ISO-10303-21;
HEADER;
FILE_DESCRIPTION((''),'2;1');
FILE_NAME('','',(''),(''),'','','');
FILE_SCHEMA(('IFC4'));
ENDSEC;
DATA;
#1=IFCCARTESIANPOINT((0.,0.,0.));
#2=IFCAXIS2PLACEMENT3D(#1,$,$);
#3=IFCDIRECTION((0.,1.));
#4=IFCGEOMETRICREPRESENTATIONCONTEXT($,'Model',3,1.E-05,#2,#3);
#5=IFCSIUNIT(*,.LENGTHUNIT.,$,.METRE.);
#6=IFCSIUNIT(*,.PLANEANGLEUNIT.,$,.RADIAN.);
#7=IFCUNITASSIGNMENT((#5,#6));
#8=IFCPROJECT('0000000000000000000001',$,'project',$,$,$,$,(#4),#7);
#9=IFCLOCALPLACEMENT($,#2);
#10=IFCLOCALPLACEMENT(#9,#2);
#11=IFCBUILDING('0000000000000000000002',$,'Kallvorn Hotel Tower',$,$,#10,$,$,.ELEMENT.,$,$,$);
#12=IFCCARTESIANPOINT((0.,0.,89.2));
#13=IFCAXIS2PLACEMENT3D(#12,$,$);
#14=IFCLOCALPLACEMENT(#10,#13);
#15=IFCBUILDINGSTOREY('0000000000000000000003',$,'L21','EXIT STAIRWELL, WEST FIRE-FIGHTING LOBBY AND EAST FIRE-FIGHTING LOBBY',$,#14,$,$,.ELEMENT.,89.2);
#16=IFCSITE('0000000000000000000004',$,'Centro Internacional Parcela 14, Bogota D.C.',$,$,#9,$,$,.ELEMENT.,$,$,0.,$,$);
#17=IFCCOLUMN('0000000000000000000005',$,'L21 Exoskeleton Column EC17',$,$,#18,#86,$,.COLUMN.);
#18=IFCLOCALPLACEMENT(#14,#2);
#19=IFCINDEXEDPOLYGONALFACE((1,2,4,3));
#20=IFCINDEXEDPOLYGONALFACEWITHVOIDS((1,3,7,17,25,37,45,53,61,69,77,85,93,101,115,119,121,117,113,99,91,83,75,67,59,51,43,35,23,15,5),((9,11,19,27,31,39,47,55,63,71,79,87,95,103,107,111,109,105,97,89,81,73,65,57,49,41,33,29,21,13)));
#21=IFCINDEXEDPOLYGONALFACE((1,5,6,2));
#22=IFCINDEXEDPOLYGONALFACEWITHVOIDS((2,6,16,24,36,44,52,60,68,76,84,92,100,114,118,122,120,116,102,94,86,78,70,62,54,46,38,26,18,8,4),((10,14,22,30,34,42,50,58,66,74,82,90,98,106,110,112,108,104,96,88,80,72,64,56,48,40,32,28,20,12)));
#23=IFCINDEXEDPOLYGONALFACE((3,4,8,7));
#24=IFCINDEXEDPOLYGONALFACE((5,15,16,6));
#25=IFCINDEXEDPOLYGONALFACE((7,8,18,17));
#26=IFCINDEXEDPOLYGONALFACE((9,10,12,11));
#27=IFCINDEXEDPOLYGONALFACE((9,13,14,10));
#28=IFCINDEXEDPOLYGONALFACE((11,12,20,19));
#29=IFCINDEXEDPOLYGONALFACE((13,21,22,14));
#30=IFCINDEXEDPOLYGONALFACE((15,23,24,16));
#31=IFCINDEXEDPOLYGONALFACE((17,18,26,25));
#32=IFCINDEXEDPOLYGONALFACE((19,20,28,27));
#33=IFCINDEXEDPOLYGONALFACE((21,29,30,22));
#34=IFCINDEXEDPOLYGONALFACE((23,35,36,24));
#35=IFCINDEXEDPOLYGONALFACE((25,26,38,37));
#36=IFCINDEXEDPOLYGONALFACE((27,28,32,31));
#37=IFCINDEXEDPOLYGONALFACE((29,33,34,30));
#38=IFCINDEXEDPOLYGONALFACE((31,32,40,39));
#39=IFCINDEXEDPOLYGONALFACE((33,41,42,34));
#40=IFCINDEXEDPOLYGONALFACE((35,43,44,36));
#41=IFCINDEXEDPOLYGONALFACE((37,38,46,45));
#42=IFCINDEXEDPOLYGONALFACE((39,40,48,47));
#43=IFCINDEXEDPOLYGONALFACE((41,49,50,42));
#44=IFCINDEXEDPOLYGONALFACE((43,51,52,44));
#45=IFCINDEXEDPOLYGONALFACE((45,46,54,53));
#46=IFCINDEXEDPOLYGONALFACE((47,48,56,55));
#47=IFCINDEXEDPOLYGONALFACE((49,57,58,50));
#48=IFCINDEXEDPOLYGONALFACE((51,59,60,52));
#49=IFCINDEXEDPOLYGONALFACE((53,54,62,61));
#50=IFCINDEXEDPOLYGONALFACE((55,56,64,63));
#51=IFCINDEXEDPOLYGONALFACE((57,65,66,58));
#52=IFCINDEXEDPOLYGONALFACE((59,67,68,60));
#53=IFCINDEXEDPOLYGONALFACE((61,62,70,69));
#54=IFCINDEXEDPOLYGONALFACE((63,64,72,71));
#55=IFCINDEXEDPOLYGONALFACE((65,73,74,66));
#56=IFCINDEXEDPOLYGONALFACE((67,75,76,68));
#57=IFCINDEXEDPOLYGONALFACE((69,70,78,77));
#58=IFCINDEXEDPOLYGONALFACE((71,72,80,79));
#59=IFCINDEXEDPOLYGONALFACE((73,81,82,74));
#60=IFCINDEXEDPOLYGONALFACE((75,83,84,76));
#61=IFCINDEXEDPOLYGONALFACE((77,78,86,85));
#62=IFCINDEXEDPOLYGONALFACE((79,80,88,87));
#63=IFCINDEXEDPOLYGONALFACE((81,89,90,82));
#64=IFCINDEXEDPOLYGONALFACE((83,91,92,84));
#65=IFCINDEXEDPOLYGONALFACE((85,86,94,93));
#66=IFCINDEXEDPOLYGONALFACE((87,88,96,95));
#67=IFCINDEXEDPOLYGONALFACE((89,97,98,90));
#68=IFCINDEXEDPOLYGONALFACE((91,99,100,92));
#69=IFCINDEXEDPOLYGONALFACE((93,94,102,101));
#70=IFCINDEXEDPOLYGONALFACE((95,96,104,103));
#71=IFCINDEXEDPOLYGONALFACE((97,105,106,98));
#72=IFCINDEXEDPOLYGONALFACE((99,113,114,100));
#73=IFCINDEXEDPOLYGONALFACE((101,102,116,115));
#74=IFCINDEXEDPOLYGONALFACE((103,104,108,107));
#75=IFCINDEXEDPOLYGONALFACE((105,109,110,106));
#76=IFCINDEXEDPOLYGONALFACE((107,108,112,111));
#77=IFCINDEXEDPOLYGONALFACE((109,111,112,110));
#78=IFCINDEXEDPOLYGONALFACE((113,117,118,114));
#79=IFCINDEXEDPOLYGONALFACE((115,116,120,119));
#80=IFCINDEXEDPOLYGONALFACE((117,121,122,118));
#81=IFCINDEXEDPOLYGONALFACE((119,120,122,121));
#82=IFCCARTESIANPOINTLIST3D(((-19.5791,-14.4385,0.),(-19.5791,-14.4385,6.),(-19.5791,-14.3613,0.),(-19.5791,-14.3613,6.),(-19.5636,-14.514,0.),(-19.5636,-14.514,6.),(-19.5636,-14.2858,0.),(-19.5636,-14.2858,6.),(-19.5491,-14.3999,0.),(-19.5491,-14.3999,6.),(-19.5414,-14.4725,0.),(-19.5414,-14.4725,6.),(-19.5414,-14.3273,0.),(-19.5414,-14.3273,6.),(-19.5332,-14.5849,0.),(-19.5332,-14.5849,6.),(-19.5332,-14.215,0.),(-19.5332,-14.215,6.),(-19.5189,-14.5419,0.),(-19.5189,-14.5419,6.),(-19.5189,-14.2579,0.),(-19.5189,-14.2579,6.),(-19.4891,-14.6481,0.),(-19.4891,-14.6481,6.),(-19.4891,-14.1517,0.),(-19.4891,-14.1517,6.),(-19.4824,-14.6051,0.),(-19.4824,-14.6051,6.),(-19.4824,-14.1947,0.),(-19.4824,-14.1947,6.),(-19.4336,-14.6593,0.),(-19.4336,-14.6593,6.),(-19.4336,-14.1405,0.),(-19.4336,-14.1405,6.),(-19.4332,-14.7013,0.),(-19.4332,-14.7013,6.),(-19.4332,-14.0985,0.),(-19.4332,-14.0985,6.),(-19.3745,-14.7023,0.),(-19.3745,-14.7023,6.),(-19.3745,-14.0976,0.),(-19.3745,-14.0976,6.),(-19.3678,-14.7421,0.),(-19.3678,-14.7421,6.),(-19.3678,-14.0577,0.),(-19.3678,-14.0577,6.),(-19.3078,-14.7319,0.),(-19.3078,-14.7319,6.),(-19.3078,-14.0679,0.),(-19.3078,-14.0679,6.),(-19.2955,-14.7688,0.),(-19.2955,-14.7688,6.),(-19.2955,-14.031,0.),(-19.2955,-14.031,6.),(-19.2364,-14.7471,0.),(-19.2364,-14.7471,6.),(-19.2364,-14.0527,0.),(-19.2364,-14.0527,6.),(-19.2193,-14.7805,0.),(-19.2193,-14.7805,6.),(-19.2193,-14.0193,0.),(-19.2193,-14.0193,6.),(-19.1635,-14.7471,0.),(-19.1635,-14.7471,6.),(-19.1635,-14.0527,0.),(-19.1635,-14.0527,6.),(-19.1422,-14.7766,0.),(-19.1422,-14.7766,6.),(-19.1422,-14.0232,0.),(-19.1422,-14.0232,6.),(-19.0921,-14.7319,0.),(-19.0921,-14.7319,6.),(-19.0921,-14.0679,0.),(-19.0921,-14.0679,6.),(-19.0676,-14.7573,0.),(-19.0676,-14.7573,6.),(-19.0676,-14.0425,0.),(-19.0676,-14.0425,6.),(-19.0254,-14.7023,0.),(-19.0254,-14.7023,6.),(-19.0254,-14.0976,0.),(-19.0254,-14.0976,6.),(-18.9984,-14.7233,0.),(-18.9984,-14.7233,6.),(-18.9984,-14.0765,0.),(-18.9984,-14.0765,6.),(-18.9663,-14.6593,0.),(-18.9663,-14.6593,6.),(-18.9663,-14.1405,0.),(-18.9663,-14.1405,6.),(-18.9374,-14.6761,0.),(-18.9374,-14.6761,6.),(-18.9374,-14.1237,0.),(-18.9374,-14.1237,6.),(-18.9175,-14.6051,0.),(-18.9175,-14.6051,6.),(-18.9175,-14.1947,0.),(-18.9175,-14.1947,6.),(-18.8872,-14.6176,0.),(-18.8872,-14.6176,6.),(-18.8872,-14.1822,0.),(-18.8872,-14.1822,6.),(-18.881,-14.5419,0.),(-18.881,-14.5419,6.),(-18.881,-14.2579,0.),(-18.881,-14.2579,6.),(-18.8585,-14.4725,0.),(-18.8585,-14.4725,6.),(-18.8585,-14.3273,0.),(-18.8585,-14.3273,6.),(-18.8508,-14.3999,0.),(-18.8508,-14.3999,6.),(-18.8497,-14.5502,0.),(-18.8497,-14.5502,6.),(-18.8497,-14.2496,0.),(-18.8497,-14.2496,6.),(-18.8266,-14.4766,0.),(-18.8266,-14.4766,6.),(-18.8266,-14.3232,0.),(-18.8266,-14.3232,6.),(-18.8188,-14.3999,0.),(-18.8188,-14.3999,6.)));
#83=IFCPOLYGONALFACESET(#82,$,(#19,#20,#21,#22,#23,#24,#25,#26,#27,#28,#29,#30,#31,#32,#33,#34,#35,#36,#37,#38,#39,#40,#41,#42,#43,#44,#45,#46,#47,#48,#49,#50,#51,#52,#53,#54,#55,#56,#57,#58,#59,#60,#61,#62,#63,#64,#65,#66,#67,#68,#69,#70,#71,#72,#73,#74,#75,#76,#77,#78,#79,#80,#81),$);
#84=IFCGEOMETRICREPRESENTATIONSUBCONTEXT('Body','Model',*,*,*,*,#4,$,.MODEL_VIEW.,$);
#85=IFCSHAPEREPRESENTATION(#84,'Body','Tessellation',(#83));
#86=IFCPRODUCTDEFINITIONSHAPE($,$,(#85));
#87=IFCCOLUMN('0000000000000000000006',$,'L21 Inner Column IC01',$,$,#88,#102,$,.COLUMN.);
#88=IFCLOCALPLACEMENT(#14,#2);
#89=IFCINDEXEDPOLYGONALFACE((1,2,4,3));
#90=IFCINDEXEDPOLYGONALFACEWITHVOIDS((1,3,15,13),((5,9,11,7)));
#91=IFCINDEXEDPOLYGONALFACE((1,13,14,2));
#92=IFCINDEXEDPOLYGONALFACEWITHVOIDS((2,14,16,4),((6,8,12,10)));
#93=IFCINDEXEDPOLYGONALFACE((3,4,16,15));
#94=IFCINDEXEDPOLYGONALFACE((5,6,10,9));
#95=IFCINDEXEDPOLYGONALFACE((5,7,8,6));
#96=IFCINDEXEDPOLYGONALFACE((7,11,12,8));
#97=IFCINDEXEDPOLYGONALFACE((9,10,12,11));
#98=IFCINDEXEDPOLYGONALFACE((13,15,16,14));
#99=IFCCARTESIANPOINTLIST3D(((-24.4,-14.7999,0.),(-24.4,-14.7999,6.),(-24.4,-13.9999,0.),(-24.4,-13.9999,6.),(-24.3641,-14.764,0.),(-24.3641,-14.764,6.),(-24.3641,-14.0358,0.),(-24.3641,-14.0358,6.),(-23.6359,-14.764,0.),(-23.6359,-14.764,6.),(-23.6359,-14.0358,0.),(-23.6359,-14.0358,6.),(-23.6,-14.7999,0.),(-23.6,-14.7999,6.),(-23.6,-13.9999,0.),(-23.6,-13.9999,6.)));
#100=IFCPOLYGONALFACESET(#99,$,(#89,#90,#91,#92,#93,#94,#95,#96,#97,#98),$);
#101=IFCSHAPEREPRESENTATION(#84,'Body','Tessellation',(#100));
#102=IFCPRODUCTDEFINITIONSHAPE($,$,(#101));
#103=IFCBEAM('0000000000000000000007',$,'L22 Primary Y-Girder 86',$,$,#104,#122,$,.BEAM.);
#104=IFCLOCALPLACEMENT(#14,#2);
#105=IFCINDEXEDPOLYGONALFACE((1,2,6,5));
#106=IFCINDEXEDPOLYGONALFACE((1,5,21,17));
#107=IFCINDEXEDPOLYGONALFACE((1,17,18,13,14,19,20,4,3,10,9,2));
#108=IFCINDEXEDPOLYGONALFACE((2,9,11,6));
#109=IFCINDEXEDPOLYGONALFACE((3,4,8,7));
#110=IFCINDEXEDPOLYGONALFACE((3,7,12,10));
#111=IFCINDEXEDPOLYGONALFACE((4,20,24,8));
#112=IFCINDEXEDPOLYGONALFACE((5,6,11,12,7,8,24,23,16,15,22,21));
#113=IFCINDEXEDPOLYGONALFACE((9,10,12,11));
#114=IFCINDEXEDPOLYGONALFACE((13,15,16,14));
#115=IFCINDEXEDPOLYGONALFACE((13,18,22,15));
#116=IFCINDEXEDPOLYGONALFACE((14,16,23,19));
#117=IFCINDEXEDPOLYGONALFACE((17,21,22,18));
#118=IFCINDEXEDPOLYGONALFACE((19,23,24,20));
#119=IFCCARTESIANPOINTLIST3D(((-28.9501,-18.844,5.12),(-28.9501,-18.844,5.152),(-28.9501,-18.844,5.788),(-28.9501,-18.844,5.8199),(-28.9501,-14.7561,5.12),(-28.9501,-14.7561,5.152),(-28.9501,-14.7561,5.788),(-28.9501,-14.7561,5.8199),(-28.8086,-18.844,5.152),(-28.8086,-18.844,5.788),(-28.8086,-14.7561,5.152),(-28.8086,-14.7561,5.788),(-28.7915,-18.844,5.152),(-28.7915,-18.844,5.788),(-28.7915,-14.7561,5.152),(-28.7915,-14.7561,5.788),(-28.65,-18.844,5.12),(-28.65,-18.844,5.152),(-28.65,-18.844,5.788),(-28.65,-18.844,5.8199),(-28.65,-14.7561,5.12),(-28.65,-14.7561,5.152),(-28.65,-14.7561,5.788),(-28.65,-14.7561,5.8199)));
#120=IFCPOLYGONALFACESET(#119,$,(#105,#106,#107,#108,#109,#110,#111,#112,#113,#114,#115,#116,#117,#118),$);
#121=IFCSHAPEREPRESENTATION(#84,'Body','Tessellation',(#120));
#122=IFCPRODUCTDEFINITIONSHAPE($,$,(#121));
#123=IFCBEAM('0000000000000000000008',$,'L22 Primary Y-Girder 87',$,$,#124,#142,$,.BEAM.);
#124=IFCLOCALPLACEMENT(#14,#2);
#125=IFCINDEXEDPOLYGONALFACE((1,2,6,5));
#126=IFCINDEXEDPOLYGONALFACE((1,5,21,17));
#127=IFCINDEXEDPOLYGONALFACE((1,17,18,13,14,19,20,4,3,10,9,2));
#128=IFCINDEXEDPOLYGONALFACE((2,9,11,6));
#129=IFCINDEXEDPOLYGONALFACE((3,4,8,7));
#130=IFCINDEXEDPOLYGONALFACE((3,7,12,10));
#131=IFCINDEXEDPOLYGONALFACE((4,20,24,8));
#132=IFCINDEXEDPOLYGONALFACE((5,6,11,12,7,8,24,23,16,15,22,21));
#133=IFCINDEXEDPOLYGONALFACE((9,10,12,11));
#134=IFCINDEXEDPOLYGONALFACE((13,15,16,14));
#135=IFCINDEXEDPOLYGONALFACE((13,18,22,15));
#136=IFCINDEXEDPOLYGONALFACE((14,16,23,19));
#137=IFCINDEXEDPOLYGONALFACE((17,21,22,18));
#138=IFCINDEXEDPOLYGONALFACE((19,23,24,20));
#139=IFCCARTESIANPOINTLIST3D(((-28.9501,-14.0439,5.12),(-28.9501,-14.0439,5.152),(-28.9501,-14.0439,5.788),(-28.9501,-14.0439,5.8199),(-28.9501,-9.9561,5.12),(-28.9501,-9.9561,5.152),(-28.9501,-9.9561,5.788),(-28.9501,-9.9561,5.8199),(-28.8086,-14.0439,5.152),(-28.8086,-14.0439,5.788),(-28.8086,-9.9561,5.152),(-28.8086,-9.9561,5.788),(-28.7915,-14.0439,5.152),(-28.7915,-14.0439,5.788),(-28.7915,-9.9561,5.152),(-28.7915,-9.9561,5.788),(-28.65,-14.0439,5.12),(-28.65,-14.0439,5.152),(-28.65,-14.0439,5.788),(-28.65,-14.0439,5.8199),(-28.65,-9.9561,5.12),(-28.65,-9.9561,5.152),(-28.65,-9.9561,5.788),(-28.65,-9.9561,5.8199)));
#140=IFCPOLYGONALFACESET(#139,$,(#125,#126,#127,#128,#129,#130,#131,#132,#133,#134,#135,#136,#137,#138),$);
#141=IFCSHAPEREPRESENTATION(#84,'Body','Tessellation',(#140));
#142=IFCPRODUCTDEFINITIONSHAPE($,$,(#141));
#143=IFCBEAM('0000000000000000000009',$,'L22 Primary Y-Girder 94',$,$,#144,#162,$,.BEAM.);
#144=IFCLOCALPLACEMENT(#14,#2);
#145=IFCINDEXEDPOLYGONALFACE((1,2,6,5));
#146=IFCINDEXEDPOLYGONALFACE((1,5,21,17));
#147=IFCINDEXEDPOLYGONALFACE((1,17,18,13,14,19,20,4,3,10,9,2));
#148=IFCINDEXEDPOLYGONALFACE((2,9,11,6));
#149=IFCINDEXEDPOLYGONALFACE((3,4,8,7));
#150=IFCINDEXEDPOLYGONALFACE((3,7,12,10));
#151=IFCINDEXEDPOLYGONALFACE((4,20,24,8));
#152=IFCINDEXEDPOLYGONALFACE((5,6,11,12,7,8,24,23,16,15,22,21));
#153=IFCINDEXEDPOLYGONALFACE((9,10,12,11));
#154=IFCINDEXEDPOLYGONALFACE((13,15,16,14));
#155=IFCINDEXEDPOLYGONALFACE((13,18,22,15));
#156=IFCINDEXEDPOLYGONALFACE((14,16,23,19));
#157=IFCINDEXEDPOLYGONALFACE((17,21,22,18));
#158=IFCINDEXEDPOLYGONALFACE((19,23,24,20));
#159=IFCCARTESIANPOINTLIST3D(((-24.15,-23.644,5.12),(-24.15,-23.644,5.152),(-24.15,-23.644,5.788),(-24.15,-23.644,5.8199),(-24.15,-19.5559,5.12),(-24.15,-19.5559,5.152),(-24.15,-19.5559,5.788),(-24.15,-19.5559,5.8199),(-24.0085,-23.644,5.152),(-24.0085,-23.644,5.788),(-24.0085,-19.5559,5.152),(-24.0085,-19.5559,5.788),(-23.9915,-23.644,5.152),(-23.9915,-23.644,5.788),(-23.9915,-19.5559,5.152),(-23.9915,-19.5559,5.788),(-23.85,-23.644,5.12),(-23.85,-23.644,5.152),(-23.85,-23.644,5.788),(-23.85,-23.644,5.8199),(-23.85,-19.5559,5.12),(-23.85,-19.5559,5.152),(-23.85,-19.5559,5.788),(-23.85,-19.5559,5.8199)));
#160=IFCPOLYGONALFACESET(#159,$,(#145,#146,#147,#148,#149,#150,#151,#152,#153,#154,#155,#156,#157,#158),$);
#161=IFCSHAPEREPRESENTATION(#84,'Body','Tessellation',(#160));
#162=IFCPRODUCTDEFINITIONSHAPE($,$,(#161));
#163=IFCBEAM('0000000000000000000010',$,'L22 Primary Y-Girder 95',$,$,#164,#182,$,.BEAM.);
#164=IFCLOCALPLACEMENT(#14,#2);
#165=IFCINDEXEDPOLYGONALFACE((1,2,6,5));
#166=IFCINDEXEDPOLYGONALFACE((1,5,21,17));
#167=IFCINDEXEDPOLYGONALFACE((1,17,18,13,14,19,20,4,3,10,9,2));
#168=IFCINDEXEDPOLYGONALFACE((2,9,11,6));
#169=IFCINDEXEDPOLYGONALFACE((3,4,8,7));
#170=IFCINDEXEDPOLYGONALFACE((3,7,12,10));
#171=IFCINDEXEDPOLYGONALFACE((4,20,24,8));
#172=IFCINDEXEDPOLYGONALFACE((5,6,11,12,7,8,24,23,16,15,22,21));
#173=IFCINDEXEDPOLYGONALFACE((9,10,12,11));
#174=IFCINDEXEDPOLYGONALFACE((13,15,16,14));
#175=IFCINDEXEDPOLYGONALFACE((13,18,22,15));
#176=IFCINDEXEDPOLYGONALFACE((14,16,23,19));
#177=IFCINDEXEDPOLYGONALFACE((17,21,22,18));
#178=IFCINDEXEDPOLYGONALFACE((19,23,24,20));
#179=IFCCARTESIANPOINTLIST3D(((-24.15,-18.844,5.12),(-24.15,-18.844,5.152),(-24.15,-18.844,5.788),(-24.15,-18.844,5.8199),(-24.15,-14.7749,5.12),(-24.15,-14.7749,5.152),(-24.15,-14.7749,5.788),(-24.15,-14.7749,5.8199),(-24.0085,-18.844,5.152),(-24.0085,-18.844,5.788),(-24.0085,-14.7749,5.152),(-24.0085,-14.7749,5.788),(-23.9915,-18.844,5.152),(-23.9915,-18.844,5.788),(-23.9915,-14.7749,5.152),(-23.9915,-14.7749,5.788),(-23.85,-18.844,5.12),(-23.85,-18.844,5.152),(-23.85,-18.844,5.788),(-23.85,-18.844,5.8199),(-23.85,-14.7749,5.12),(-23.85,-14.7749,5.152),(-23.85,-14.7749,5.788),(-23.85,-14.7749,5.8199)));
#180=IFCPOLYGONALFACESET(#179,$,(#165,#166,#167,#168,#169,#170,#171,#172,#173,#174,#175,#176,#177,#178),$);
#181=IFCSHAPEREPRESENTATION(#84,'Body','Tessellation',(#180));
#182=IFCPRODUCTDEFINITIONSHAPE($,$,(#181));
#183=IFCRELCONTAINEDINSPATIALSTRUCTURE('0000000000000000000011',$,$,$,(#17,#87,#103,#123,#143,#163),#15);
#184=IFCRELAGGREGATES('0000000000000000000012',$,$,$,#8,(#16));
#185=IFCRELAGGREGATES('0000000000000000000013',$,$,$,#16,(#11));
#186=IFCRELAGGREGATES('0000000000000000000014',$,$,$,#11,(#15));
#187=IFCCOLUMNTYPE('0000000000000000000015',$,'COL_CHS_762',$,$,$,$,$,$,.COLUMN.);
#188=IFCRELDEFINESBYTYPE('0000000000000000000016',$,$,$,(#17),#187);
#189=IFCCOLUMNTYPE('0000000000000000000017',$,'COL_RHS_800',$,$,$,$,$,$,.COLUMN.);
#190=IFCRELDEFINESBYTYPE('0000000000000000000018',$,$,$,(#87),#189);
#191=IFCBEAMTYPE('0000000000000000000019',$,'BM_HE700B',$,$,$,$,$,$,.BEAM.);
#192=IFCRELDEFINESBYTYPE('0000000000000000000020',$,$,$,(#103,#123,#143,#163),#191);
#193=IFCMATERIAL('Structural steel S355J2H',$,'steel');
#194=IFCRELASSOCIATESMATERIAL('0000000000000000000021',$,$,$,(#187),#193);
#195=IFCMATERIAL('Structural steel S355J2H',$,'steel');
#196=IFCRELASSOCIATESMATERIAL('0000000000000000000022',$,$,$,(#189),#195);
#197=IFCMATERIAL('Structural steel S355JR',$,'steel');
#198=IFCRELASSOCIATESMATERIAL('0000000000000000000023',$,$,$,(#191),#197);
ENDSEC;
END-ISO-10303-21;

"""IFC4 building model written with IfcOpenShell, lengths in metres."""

from ifc_helpers import new_model, si_unit, direction, frame, origin, origin_2d, place, context, subcontext, project, spatial, hollow_rectangle, hollow_circle, i_section, extrude, material, material_profile, profile_set, type_object, element, save


model = new_model("IFC4")

# Units and contexts
model_context = context("Model", 3, precision=1e-05, world=origin(), true_north=direction((0.0, 1.0)))
body_context = subcontext(model_context, "Body", "Model", "MODEL_VIEW")
ifc_project = project(units=[si_unit("LENGTHUNIT", "METRE"), si_unit("PLANEANGLEUNIT", "RADIAN")], contexts=[model_context])

# Site, building, storey
site_placement = place(None, origin())
site = spatial("IfcSite", under=ifc_project, at=site_placement, Name="Centro Internacional Parcela 14, Bogota D.C.", CompositionType="ELEMENT", RefElevation=0.0)
building_placement = place(site_placement, origin())
building = spatial("IfcBuilding", under=site, at=building_placement, Name="Kallvorn Hotel Tower", CompositionType="ELEMENT")
storey_placement = place(building_placement, frame((0.0, 0.0, 89.2)))
storey = spatial("IfcBuildingStorey", under=building, at=storey_placement, Name="L21", Description="EXIT STAIRWELL, WEST FIRE-FIGHTING LOBBY AND EAST FIRE-FIGHTING LOBBY", CompositionType="ELEMENT", Elevation=89.2)

# Columns
ifc_material_1 = material(Name="Structural steel S355J2H", Category="steel")
ifc_material_profile_1 = material_profile(ifc_material_1, hollow_circle(Radius=0.3811, WallThickness=0.032, at=origin_2d()), Name="CHS 762x32")
ifc_profile_set_1 = profile_set([ifc_material_profile_1], Name="Structural steel S355J2H")
column_type_1 = type_object("IfcColumnType", Name="COL_CHS_762", PredefinedType="COLUMN", material=ifc_profile_set_1)
for number, where, z_axis, x_axis, name in (
    (1, (-19.2, -14.3999, 0.0), (0.0, 0.0, 1.0), (1.0, 0.0, 0.0), "L21 Exoskeleton Column EC17"),
):
    element("IfcColumn", number, at=place(storey_placement, frame(where, z_axis=z_axis, x_axis=x_axis)), inside=storey, type_object=column_type_1, Name=name, PredefinedType="COLUMN", context=body_context, shape_type="SweptSolid", body=[
        extrude(hollow_circle(Radius=0.3811, WallThickness=0.032, at=origin_2d()), origin(), (0.0, 0.0, 1.0), 6.0),
    ])
ifc_material_2 = material(Name="Structural steel S355J2H", Category="steel")
ifc_material_profile_2 = material_profile(ifc_material_2, hollow_rectangle(XDim=0.8, YDim=0.8, WallThickness=0.0359, at=origin_2d()), Name="RHS 800x800x36")
ifc_profile_set_2 = profile_set([ifc_material_profile_2], Name="Structural steel S355J2H")
column_type_2 = type_object("IfcColumnType", Name="COL_RHS_800", PredefinedType="COLUMN", material=ifc_profile_set_2)
column_1_placement = place(storey_placement, frame((-24.0, -14.3999, 0.0), z_axis=(0.0, 0.0, 1.0), x_axis=(1.0, 0.0, 0.0)))
element("IfcColumn", 2, at=column_1_placement, inside=storey, type_object=column_type_2, Name="L21 Inner Column IC01", PredefinedType="COLUMN", context=body_context, shape_type="SweptSolid", body=[
    extrude(hollow_rectangle(XDim=0.8, YDim=0.8, WallThickness=0.0359, at=origin_2d()), origin(), (0.0, 0.0, 1.0), 6.0),
])

# Beams
ifc_material_3 = material(Name="Structural steel S355JR", Category="steel")
ifc_material_profile_3 = material_profile(ifc_material_3, i_section(OverallWidth=0.3, OverallDepth=0.7, WebThickness=0.0171, FlangeThickness=0.032, at=origin_2d()), Name="HE 700 B")
ifc_profile_set_3 = profile_set([ifc_material_profile_3], Name="Structural steel S355JR")
beam_type_1 = type_object("IfcBeamType", Name="BM_HE700B", PredefinedType="BEAM", material=ifc_profile_set_3)
for number, where, z_axis, x_axis, name in (
    (3, (-28.8, -18.844, 5.47), (0.0, 1.0, 0.0), (-1.0, 0.0, 0.0), "L22 Primary Y-Girder 86"),
    (4, (-28.8, -14.0439, 5.47), (0.0, 1.0, 0.0), (-1.0, 0.0, 0.0), "L22 Primary Y-Girder 87"),
):
    element("IfcBeam", number, at=place(storey_placement, frame(where, z_axis=z_axis, x_axis=x_axis)), inside=storey, type_object=beam_type_1, Name=name, PredefinedType="BEAM", context=body_context, shape_type="SweptSolid", body=[
        extrude(i_section(OverallWidth=0.3, OverallDepth=0.7, WebThickness=0.0171, FlangeThickness=0.032, at=origin_2d()), origin(), (0.0, 0.0, 1.0), 4.0879),
    ])
beam_1_placement = place(storey_placement, frame((-24.0, -23.644, 5.47), z_axis=(0.0, 1.0, 0.0), x_axis=(-1.0, 0.0, 0.0)))
element("IfcBeam", 5, at=beam_1_placement, inside=storey, type_object=beam_type_1, Name="L22 Primary Y-Girder 94", PredefinedType="BEAM", context=body_context, shape_type="SweptSolid", body=[
    extrude(i_section(OverallWidth=0.3, OverallDepth=0.7, WebThickness=0.0171, FlangeThickness=0.032, at=origin_2d()), origin(), (0.0, 0.0, 1.0), 4.0881),
])
beam_2_placement = place(storey_placement, frame((-24.0, -18.844, 5.47), z_axis=(0.0, 1.0, 0.0), x_axis=(-1.0, 0.0, 0.0)))
element("IfcBeam", 6, at=beam_2_placement, inside=storey, type_object=beam_type_1, Name="L22 Primary Y-Girder 95", PredefinedType="BEAM", context=body_context, shape_type="SweptSolid", body=[
    extrude(i_section(OverallWidth=0.3, OverallDepth=0.7, WebThickness=0.0171, FlangeThickness=0.032, at=origin_2d()), origin(), (0.0, 0.0, 1.0), 4.0691),
])

save(model, "model.ifc")
